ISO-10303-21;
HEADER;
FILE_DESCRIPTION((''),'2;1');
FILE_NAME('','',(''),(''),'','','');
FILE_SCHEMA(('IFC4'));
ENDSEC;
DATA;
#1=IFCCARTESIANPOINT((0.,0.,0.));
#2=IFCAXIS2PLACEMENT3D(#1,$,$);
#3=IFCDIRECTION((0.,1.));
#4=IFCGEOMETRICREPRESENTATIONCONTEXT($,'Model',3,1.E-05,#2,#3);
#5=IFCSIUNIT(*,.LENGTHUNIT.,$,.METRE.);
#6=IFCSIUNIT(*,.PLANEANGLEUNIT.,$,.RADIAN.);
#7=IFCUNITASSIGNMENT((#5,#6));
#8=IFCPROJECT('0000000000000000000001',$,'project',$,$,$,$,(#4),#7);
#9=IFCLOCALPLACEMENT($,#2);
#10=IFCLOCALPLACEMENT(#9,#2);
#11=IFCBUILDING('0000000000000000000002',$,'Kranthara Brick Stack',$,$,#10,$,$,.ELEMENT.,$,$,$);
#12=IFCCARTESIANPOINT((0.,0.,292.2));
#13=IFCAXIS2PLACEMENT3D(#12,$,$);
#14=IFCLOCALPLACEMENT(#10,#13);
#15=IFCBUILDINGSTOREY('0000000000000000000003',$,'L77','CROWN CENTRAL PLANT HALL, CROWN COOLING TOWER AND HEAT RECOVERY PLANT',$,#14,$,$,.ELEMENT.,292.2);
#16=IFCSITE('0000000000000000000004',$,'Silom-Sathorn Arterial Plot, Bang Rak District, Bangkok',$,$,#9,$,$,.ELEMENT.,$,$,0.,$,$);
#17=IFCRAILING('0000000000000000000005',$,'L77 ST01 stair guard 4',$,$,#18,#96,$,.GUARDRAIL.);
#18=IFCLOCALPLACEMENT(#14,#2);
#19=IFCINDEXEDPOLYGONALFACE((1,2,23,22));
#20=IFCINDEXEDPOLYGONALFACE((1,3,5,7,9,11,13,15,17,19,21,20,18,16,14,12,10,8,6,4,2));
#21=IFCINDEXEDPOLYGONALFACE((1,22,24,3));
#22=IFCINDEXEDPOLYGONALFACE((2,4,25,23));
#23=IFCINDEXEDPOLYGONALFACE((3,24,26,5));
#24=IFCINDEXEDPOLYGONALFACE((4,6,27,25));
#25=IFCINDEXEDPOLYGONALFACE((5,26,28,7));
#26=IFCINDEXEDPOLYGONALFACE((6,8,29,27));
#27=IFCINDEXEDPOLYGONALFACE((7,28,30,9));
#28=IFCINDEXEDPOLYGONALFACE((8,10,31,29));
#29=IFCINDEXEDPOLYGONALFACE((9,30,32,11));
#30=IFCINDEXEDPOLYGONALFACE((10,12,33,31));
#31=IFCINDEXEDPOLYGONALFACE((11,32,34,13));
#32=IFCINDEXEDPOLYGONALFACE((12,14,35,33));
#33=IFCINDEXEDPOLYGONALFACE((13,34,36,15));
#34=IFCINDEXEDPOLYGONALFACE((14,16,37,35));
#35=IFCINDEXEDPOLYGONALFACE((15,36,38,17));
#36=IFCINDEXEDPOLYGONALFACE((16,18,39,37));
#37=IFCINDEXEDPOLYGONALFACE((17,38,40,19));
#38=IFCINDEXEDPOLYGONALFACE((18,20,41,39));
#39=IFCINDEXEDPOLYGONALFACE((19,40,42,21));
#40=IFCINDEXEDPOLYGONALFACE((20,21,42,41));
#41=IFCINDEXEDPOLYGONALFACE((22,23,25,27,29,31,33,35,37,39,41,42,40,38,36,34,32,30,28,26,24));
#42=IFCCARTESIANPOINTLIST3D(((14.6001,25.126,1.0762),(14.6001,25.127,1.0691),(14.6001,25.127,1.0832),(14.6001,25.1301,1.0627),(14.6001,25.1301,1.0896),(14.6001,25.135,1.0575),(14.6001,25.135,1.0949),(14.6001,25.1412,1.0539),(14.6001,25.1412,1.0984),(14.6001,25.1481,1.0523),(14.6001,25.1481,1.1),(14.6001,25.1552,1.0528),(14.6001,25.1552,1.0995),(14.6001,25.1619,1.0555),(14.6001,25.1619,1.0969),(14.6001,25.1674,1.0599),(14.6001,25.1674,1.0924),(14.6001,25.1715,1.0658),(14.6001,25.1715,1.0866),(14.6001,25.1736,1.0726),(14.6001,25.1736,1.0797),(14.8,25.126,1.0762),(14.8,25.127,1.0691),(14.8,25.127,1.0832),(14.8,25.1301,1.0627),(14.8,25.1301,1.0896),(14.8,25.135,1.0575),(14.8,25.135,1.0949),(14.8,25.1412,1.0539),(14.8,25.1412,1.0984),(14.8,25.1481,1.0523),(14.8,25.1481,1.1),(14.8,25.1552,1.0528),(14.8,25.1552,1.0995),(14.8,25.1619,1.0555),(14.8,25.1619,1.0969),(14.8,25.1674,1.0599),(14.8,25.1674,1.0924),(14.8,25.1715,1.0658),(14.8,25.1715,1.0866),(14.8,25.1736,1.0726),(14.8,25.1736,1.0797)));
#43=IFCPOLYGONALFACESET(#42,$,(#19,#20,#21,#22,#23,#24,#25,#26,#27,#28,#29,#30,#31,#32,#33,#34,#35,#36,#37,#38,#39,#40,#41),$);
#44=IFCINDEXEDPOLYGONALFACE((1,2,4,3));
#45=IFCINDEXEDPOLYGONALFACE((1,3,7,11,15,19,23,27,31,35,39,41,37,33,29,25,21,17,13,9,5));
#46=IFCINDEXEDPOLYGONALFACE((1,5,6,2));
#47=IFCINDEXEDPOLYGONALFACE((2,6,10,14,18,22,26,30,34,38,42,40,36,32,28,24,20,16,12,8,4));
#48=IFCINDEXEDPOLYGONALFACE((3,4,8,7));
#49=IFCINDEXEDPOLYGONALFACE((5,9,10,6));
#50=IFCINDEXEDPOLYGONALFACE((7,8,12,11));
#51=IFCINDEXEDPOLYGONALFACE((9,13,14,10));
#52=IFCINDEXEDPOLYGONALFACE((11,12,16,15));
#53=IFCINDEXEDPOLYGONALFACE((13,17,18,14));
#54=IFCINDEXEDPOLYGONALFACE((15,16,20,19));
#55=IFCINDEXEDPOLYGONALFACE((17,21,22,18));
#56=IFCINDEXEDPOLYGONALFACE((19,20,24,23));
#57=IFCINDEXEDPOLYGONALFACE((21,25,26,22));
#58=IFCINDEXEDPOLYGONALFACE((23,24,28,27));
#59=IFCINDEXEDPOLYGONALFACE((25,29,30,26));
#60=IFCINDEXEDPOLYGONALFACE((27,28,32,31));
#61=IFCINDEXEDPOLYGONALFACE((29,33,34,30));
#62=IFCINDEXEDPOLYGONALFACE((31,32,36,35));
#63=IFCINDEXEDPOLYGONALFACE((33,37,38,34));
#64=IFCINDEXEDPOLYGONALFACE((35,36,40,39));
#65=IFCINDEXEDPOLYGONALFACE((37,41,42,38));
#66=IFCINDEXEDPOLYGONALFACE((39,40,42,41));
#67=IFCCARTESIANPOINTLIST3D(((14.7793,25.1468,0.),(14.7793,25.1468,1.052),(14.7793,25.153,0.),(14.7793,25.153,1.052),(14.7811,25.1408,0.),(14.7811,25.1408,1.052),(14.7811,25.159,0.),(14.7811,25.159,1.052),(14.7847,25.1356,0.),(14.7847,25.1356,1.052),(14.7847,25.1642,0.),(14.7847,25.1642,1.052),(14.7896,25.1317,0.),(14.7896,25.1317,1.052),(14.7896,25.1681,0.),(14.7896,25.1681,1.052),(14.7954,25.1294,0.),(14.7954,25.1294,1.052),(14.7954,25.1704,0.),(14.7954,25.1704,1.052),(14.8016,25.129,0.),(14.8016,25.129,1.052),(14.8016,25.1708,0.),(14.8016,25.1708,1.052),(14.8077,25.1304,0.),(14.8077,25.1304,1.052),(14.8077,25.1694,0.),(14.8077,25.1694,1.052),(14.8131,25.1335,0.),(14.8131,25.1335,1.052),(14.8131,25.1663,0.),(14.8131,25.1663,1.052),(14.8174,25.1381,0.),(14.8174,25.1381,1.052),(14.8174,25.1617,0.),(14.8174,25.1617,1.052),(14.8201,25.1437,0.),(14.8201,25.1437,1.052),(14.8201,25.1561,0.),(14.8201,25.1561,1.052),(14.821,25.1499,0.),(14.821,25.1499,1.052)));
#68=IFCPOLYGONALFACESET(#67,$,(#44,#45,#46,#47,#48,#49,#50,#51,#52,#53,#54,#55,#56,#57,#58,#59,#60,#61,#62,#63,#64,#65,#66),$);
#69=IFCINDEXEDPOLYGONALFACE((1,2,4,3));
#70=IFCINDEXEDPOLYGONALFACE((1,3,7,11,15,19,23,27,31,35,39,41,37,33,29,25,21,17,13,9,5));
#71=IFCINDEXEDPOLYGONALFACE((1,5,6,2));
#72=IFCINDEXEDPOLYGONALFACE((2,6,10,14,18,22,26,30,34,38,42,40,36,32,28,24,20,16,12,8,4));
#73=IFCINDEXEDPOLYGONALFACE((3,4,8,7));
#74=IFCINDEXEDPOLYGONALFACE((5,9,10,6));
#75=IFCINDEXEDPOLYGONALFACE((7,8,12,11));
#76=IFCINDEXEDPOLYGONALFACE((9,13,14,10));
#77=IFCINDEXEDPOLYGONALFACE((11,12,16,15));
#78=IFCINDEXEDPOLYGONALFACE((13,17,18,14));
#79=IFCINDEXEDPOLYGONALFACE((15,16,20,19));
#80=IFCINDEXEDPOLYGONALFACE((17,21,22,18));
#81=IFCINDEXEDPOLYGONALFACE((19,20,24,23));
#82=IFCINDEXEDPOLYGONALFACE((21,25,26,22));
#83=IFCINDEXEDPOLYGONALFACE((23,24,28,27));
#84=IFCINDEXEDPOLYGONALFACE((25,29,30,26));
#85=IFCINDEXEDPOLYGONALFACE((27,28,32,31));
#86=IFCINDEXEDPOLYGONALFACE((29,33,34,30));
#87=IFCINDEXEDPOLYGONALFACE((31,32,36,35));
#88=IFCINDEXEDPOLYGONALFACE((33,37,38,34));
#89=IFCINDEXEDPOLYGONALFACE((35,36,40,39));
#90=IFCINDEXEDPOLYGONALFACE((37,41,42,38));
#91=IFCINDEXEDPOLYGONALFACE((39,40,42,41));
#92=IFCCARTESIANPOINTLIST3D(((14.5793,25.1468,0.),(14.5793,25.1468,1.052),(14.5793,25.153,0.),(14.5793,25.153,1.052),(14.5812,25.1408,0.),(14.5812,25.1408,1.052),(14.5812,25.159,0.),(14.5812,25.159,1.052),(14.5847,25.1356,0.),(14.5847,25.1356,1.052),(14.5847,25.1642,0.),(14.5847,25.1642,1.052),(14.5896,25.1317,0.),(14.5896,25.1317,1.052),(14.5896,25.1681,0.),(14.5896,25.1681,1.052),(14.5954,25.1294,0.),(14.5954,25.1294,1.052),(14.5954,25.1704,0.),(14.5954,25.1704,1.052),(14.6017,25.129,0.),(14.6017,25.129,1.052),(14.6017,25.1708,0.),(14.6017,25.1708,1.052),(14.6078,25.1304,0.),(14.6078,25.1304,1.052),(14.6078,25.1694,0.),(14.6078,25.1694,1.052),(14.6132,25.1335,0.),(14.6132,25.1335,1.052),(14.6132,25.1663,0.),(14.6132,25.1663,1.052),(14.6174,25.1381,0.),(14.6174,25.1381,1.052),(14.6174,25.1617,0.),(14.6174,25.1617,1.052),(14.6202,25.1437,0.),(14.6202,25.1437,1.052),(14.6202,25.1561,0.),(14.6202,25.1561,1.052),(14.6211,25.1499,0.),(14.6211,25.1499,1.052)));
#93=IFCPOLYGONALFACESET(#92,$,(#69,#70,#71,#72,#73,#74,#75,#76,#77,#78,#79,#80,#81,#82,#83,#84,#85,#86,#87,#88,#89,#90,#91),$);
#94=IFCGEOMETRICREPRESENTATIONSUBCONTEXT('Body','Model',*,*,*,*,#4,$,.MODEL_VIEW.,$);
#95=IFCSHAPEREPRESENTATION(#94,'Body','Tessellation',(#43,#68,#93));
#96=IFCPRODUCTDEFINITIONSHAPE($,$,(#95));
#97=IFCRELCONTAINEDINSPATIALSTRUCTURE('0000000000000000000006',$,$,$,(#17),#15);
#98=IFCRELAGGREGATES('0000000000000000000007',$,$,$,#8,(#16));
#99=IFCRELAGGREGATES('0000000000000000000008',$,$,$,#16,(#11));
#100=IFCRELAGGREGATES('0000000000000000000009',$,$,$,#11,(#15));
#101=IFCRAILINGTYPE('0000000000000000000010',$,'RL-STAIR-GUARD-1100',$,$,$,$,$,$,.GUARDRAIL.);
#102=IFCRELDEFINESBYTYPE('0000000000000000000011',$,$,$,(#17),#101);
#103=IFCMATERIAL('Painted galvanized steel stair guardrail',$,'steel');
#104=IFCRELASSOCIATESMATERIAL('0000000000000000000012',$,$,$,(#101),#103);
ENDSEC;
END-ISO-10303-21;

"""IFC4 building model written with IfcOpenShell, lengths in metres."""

from ifc_helpers import new_model, si_unit, direction, frame, origin, origin_2d, place, context, subcontext, project, spatial, circle, extrude, material, type_object, element, save


model = new_model("IFC4")

# Units and contexts
model_context = context("Model", 3, precision=1e-05, world=origin(), true_north=direction((0.0, 1.0)))
body_context = subcontext(model_context, "Body", "Model", "MODEL_VIEW")
ifc_project = project(units=[si_unit("LENGTHUNIT", "METRE"), si_unit("PLANEANGLEUNIT", "RADIAN")], contexts=[model_context])

# Site, building, storey
site_placement = place(None, origin())
site = spatial("IfcSite", under=ifc_project, at=site_placement, Name="Silom-Sathorn Arterial Plot, Bang Rak District, Bangkok", CompositionType="ELEMENT", RefElevation=0.0)
building_placement = place(site_placement, origin())
building = spatial("IfcBuilding", under=site, at=building_placement, Name="Kranthara Brick Stack", CompositionType="ELEMENT")
storey_placement = place(building_placement, frame((0.0, 0.0, 292.2)))
storey = spatial("IfcBuildingStorey", under=building, at=storey_placement, Name="L77", Description="CROWN CENTRAL PLANT HALL, CROWN COOLING TOWER AND HEAT RECOVERY PLANT", CompositionType="ELEMENT", Elevation=292.2)

# Railing
ifc_material_1 = material(Name="Painted galvanized steel stair guardrail", Category="steel")
railing_type = type_object("IfcRailingType", Name="RL-STAIR-GUARD-1100", PredefinedType="GUARDRAIL", material=ifc_material_1)
railing_1_placement = place(storey_placement, frame((14.8, 25.1499, 0.0)))
element("IfcRailing", 1, at=railing_1_placement, inside=storey, type_object=railing_type, Name="L77 ST01 stair guard 4", PredefinedType="GUARDRAIL", context=body_context, shape_type="SweptSolid", body=[
    extrude(circle(Radius=0.0239, at=origin_2d()), frame((0.0, 0.0, 1.0762), z_axis=(-1.0, 0.0, 0.0), x_axis=(0.0, -1.0, 0.0)), (0.0, 0.0, 1.0), 0.2),
    extrude(circle(Radius=0.021, at=origin_2d()), origin(), (0.0, 0.0, 1.0), 1.052),
    extrude(circle(Radius=0.021, at=origin_2d()), frame((-0.2, 0.0, 0.0)), (0.0, 0.0, 1.0), 1.052),
])

save(model, "model.ifc")
